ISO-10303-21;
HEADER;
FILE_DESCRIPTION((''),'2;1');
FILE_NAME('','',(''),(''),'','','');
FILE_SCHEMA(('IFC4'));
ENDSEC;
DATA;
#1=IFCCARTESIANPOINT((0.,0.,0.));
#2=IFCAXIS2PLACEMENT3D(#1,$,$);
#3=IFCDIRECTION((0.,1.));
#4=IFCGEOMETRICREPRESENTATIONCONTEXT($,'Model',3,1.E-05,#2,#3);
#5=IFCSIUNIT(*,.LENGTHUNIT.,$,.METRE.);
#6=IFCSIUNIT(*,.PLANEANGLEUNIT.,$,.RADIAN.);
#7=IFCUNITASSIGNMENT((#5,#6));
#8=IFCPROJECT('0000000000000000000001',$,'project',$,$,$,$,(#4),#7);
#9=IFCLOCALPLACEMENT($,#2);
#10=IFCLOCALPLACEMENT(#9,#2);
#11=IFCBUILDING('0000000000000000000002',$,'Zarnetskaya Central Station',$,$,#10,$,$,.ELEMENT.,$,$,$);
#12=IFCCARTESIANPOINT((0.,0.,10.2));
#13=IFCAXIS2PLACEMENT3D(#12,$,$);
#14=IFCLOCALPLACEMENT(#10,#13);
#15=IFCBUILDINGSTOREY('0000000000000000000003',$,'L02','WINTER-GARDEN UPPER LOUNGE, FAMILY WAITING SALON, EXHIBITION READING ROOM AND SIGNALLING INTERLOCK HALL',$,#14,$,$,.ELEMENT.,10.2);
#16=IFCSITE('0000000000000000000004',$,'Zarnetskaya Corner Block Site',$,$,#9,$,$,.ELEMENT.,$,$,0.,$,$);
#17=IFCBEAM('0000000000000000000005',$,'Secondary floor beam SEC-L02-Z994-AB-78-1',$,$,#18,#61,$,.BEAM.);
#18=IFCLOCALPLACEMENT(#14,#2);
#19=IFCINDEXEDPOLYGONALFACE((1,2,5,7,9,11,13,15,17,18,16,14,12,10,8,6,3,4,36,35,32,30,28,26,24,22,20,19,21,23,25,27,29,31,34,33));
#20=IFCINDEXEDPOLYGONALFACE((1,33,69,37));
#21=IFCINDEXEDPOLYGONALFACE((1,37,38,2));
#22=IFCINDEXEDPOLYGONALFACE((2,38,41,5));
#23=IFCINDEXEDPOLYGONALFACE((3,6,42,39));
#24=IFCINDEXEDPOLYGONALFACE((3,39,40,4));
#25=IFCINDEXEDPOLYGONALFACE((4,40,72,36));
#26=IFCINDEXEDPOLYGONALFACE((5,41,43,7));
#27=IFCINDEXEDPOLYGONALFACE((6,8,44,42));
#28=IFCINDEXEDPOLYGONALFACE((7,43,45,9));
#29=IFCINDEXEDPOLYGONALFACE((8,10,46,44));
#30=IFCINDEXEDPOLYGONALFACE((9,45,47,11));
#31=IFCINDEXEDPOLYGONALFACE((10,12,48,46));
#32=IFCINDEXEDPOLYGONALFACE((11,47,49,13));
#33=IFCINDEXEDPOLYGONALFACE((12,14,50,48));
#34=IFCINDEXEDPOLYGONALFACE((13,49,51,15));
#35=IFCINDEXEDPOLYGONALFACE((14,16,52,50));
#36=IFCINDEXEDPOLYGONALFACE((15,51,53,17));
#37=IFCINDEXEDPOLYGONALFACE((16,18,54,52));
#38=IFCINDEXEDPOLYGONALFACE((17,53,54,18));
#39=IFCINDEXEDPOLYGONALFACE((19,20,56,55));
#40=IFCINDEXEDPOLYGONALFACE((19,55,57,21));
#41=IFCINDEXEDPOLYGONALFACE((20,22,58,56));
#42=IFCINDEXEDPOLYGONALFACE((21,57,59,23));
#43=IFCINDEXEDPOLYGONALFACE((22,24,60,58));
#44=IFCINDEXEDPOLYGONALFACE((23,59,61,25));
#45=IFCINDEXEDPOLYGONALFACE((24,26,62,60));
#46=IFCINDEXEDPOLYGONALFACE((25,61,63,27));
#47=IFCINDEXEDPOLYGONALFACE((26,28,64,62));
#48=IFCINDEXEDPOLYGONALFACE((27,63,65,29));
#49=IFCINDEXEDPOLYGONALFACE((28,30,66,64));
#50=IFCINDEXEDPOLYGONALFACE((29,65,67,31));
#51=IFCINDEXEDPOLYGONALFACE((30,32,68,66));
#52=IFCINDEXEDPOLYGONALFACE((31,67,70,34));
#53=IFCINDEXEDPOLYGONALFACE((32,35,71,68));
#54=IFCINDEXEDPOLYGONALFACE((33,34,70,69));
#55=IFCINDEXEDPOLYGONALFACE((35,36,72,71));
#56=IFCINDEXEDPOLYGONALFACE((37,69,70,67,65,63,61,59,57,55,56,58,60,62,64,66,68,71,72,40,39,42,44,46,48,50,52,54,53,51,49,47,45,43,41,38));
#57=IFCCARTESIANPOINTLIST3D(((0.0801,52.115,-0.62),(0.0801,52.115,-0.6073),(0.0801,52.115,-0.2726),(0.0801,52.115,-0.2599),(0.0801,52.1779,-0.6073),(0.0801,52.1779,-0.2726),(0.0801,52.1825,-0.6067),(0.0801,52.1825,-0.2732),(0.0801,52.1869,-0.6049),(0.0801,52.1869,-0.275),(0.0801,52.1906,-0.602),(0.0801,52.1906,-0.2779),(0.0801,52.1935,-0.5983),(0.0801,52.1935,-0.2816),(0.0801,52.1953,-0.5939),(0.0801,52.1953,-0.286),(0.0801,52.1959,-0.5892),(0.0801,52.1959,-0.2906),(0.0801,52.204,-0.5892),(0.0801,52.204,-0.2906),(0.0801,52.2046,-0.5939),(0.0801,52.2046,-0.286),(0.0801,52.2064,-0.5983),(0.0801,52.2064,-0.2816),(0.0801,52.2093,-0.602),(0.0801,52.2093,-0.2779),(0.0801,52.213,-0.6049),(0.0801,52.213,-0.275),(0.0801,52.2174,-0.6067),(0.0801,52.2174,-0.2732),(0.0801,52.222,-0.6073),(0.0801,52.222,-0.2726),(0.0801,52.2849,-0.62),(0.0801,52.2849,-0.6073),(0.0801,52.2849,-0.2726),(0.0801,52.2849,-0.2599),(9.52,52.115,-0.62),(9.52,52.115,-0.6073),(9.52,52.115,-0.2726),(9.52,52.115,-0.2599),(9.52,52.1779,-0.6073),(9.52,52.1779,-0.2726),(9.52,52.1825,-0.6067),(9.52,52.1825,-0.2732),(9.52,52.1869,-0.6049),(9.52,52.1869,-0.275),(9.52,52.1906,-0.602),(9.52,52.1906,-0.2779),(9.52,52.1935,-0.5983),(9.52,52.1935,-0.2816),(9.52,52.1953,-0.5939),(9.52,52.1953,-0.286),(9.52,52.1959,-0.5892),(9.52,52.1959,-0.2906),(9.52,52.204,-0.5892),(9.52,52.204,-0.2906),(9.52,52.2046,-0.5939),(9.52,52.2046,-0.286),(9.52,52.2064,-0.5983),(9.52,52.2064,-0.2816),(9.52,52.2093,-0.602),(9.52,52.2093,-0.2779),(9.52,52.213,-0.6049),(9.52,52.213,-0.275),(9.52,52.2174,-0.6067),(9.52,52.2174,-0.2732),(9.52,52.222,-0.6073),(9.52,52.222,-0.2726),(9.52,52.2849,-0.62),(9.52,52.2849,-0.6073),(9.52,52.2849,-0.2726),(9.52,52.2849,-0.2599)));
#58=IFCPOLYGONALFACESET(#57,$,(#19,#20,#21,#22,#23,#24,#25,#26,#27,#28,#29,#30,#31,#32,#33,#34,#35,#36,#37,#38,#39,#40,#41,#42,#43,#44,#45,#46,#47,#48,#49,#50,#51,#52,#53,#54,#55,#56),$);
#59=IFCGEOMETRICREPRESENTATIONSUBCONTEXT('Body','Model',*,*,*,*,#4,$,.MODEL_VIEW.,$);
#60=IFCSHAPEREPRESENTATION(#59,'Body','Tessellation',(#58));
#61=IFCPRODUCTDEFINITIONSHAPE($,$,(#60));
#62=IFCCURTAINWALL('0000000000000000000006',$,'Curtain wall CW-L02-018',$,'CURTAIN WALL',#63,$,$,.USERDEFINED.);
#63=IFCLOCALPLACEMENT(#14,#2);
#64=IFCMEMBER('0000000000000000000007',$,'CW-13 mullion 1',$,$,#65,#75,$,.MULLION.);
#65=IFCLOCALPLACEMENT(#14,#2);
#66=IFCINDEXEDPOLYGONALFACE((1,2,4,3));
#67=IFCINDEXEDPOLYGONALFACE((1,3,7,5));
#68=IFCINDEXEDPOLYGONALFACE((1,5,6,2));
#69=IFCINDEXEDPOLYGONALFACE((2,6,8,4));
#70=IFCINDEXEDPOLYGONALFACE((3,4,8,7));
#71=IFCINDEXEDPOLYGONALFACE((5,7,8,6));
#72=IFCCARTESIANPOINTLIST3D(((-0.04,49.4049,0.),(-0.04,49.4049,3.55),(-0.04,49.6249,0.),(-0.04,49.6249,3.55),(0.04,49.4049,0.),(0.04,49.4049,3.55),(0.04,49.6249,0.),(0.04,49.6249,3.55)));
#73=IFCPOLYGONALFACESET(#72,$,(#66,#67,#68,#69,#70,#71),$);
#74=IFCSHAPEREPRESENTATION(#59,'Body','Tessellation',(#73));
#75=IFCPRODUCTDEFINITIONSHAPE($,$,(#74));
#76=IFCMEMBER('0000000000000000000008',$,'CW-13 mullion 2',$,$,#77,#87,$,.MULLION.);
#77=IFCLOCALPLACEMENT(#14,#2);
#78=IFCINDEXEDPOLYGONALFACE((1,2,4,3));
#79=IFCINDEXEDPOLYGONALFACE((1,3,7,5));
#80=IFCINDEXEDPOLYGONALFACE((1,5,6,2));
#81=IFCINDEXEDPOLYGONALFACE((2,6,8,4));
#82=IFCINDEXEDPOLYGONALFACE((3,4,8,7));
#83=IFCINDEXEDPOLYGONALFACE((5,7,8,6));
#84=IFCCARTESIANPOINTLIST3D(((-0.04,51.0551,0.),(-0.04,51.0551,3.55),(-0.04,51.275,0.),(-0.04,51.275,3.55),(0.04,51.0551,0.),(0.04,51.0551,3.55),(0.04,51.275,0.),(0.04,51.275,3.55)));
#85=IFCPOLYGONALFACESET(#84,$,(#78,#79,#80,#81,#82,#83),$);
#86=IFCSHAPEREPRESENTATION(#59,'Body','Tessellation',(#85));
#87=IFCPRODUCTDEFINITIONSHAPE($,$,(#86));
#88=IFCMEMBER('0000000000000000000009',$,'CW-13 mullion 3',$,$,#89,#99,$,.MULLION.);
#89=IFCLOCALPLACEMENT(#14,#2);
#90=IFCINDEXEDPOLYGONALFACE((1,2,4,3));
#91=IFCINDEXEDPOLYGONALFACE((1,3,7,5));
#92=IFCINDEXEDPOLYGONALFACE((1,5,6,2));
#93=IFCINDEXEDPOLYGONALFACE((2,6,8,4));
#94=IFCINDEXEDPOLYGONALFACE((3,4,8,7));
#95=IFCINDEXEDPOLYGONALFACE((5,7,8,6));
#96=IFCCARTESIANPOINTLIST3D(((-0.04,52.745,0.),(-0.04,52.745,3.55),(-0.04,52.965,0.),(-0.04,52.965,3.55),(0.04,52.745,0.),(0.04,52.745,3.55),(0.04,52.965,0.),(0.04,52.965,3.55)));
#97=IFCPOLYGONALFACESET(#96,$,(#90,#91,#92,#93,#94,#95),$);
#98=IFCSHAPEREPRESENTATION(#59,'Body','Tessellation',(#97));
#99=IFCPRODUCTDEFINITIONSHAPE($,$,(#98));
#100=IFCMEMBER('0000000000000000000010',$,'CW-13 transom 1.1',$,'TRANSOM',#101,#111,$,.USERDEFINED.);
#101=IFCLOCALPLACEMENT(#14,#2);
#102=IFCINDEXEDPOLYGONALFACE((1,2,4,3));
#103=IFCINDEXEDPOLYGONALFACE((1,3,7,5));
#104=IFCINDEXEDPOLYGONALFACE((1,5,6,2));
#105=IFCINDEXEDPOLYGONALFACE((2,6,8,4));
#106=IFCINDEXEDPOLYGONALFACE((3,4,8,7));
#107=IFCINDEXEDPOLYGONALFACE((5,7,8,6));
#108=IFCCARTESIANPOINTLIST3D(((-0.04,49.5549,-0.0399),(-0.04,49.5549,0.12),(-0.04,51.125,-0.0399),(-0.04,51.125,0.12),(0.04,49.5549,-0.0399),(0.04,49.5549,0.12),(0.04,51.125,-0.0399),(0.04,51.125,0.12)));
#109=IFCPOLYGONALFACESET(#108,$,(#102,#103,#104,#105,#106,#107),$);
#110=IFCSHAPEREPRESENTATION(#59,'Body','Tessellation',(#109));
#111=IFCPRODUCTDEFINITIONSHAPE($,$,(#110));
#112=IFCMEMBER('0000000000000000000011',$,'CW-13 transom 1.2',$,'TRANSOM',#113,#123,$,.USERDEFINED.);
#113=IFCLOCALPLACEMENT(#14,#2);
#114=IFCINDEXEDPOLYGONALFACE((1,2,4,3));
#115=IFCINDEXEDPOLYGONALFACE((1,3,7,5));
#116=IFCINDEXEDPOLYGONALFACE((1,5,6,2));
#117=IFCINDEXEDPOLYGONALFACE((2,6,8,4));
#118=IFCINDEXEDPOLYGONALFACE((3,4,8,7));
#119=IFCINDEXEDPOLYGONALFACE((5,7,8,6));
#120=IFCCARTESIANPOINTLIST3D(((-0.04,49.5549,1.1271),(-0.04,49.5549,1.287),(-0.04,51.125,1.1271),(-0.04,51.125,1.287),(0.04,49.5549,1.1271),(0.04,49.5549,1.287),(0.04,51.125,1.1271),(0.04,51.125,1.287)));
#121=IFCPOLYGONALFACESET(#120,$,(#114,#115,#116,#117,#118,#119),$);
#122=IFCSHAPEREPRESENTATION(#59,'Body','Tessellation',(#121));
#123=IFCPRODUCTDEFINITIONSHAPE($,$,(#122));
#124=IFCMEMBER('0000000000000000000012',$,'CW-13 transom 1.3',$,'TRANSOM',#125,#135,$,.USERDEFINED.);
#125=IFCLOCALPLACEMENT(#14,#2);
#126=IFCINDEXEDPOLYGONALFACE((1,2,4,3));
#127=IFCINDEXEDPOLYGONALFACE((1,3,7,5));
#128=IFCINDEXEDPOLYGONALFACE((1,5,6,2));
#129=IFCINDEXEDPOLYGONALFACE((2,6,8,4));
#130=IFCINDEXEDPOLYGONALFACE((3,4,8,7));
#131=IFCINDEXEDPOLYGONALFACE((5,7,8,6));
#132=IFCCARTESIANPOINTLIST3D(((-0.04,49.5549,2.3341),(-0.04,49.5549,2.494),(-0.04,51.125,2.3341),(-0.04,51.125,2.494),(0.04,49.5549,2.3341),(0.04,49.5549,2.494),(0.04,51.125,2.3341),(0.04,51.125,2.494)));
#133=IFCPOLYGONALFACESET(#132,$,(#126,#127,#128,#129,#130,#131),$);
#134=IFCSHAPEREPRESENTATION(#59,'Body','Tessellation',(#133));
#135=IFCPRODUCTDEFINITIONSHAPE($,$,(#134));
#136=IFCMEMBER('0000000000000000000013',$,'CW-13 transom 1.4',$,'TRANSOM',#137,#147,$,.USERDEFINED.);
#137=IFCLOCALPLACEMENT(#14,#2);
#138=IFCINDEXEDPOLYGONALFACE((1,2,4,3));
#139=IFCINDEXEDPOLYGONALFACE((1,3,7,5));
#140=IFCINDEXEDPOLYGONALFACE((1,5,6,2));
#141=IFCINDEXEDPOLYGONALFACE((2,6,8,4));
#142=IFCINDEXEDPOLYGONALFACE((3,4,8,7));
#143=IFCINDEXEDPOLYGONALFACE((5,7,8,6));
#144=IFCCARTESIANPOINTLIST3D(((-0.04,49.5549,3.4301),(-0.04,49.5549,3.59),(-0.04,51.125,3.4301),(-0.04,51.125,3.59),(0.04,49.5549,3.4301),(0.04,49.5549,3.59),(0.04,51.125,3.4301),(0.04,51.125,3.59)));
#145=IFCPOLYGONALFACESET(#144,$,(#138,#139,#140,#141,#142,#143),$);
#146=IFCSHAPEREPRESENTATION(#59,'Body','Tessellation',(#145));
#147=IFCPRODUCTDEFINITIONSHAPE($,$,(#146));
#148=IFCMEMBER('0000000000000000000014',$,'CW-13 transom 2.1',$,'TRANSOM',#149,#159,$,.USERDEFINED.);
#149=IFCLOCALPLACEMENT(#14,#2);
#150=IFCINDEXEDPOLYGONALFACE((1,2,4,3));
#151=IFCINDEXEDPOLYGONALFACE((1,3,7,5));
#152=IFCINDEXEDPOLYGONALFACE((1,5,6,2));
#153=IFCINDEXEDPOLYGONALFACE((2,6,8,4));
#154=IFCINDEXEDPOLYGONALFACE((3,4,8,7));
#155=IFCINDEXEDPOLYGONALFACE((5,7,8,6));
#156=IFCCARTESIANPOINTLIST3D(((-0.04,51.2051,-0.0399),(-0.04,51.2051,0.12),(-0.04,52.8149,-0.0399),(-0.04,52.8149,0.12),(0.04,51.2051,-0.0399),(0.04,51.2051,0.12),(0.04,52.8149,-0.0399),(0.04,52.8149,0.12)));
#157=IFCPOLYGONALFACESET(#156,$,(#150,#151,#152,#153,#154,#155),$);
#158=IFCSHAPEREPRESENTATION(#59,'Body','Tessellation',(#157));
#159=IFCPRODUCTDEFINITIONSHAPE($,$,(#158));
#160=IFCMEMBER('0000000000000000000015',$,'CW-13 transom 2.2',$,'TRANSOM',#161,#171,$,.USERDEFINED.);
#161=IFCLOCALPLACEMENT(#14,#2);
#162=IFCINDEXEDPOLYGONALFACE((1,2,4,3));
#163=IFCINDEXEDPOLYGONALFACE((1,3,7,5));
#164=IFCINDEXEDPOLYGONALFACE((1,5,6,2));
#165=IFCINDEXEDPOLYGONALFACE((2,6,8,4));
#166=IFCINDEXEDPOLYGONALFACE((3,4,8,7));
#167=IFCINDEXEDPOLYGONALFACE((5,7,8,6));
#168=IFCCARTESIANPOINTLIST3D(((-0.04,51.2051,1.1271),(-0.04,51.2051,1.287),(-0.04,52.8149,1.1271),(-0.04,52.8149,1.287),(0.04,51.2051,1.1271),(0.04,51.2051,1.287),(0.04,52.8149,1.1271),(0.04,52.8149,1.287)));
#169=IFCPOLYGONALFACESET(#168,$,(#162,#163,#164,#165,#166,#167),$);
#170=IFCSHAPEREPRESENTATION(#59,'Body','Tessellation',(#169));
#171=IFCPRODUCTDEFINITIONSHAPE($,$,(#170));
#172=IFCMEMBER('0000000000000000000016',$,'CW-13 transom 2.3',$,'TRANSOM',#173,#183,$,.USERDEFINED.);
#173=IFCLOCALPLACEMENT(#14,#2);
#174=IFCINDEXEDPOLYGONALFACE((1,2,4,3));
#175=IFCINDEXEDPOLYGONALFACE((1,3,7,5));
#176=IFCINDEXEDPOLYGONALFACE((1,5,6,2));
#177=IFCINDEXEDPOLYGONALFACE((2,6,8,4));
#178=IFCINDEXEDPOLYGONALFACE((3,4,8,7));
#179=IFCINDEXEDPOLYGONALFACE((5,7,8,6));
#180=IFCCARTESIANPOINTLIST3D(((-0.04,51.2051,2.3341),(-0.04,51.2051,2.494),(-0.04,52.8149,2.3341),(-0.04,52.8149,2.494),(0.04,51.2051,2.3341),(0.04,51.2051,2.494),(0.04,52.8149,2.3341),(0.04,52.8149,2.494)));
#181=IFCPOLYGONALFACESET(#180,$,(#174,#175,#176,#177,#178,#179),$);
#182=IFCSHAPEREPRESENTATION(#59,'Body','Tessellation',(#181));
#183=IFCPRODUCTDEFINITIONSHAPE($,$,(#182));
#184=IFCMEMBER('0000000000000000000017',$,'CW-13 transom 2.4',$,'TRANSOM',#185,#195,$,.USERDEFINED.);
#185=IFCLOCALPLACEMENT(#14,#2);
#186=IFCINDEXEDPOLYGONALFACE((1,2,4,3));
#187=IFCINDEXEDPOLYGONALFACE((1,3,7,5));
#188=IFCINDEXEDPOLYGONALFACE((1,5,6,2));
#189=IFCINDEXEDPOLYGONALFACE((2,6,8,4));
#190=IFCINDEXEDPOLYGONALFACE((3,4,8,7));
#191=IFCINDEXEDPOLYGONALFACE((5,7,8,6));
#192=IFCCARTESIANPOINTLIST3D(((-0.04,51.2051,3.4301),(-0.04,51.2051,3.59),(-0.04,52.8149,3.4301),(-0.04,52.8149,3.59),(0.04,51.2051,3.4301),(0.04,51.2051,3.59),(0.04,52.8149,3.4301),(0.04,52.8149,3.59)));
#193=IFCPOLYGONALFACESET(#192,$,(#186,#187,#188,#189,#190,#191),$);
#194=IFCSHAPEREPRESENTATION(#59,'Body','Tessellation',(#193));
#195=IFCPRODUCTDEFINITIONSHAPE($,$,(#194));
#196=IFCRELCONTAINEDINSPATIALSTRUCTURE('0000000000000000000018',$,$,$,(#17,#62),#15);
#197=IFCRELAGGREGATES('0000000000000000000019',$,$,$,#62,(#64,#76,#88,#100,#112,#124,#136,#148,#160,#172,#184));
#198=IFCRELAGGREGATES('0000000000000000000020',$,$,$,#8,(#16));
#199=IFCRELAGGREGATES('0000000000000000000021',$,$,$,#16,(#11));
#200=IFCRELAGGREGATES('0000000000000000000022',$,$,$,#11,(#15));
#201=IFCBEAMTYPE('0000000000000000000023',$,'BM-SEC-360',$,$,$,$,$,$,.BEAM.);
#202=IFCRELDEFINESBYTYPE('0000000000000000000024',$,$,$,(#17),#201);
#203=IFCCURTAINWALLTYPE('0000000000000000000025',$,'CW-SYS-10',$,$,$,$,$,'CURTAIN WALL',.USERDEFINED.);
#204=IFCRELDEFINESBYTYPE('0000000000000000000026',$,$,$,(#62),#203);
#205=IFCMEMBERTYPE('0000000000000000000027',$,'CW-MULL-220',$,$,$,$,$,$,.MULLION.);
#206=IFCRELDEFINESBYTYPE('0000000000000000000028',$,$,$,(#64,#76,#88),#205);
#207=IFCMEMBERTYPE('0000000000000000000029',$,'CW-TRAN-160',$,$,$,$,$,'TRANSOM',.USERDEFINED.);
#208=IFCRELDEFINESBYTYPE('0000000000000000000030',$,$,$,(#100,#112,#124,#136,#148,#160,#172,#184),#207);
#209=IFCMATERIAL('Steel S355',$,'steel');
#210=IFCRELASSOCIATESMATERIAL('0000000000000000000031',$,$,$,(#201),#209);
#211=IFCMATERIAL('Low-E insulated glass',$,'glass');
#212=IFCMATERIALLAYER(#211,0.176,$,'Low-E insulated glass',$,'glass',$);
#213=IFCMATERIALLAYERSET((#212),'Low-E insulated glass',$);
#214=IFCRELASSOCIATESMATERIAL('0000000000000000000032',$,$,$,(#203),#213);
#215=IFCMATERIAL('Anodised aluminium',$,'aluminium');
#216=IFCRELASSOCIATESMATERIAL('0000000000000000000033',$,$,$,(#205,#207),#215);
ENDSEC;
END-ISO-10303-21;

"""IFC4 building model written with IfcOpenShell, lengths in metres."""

from ifc_helpers import new_model, si_unit, direction, frame, origin, origin_2d, place, context, subcontext, project, spatial, rectangle, i_section, extrude, material, layer, layer_set, material_profile, profile_set, type_object, element, aggregate, save


model = new_model("IFC4")

# Units and contexts
model_context = context("Model", 3, precision=1e-05, world=origin(), true_north=direction((0.0, 1.0)))
body_context = subcontext(model_context, "Body", "Model", "MODEL_VIEW")
ifc_project = project(units=[si_unit("LENGTHUNIT", "METRE"), si_unit("PLANEANGLEUNIT", "RADIAN")], contexts=[model_context])

# Site, building, storey
site_placement = place(None, origin())
site = spatial("IfcSite", under=ifc_project, at=site_placement, Name="Zarnetskaya Corner Block Site", CompositionType="ELEMENT", RefElevation=0.0)
building_placement = place(site_placement, origin())
building = spatial("IfcBuilding", under=site, at=building_placement, Name="Zarnetskaya Central Station", CompositionType="ELEMENT")
storey_placement = place(building_placement, frame((0.0, 0.0, 10.2)))
storey = spatial("IfcBuildingStorey", under=building, at=storey_placement, Name="L02", Description="WINTER-GARDEN UPPER LOUNGE, FAMILY WAITING SALON, EXHIBITION READING ROOM AND SIGNALLING INTERLOCK HALL", CompositionType="ELEMENT", Elevation=10.2)

# Beam
ifc_material_1 = material(Name="Steel S355", Category="steel")
ifc_material_profile_1 = material_profile(ifc_material_1, i_section(OverallWidth=0.1699, OverallDepth=0.3601, WebThickness=0.0081, FlangeThickness=0.0127, FilletRadius=0.0181, at=origin_2d()), Name="IPE 360")
ifc_profile_set_1 = profile_set([ifc_material_profile_1], Name="Steel S355")
beam_type = type_object("IfcBeamType", Name="BM-SEC-360", PredefinedType="BEAM", material=ifc_profile_set_1)
beam_placement = place(storey_placement, frame((0.0801, 52.2, -0.4399), z_axis=(1.0, 0.0, 0.0), x_axis=(0.0, 1.0, 0.0)))
element("IfcBeam", 1, at=beam_placement, inside=storey, type_object=beam_type, Name="Secondary floor beam SEC-L02-Z994-AB-78-1", PredefinedType="BEAM", context=body_context, shape_type="SweptSolid", body=[
    extrude(i_section(OverallWidth=0.1699, OverallDepth=0.3601, WebThickness=0.0081, FlangeThickness=0.0127, FilletRadius=0.0181, at=origin_2d()), origin(), (0.0, 0.0, 1.0), 9.4399),
])

# Curtain wall, members
ifc_material_2 = material(Name="Low-E insulated glass", Category="glass")
ifc_layer_1 = layer(ifc_material_2, 0.176, Name="Low-E insulated glass", Category="glass")
ifc_layer_set_1 = layer_set([ifc_layer_1], Name="Low-E insulated glass")
curtain_wall_type = type_object("IfcCurtainWallType", Name="CW-SYS-10", ElementType="CURTAIN WALL", PredefinedType="USERDEFINED", material=ifc_layer_set_1)
curtain_wall_placement = place(storey_placement, origin())
curtain_wall = element("IfcCurtainWall", 2, at=curtain_wall_placement, inside=storey, type_object=curtain_wall_type, Name="Curtain wall CW-L02-018", ObjectType="CURTAIN WALL", PredefinedType="USERDEFINED")
ifc_material_3 = material(Name="Anodised aluminium", Category="aluminium")
ifc_material_profile_2 = material_profile(ifc_material_3, rectangle(XDim=0.0801, YDim=0.22, at=origin_2d()), Name="ALU MULL 80x220")
ifc_profile_set_2 = profile_set([ifc_material_profile_2], Name="Anodised aluminium")
member_type_1 = type_object("IfcMemberType", Name="CW-MULL-220", PredefinedType="MULLION", material=ifc_profile_set_2)
member_1_placement = place(storey_placement, frame((0.0, 49.5149, 0.0), z_axis=(0.0, 0.0, 1.0), x_axis=(-1.0, 0.0, 0.0)))
member_1 = element("IfcMember", 3, at=member_1_placement, type_object=member_type_1, Name="CW-13 mullion 1", PredefinedType="MULLION", context=body_context, shape_type="SweptSolid", body=[
    extrude(rectangle(XDim=0.0801, YDim=0.22, at=origin_2d()), origin(), (0.0, 0.0, 1.0), 3.55),
])
member_2_placement = place(storey_placement, frame((0.0, 51.165, 0.0), z_axis=(0.0, 0.0, 1.0), x_axis=(-1.0, 0.0, 0.0)))
member_2 = element("IfcMember", 4, at=member_2_placement, type_object=member_type_1, Name="CW-13 mullion 2", PredefinedType="MULLION", context=body_context, shape_type="SweptSolid", body=[
    extrude(rectangle(XDim=0.0801, YDim=0.22, at=origin_2d()), origin(), (0.0, 0.0, 1.0), 3.55),
])
member_3_placement = place(storey_placement, frame((0.0, 52.855, 0.0), z_axis=(0.0, 0.0, 1.0), x_axis=(-1.0, 0.0, 0.0)))
member_3 = element("IfcMember", 5, at=member_3_placement, type_object=member_type_1, Name="CW-13 mullion 3", PredefinedType="MULLION", context=body_context, shape_type="SweptSolid", body=[
    extrude(rectangle(XDim=0.0801, YDim=0.22, at=origin_2d()), origin(), (0.0, 0.0, 1.0), 3.55),
])
ifc_material_profile_3 = material_profile(ifc_material_3, rectangle(XDim=0.0801, YDim=0.1599, at=origin_2d()), Name="ALU TRAN 80x160")
ifc_profile_set_3 = profile_set([ifc_material_profile_3], Name="Anodised aluminium")
member_type_2 = type_object("IfcMemberType", Name="CW-TRAN-160", ElementType="TRANSOM", PredefinedType="USERDEFINED", material=ifc_profile_set_3)
member_4_placement = place(storey_placement, frame((0.0, 49.5549, 0.04), z_axis=(0.0, 1.0, 0.0), x_axis=(-1.0, 0.0, 0.0)))
member_4 = element("IfcMember", 6, at=member_4_placement, type_object=member_type_2, Name="CW-13 transom 1.1", ObjectType="TRANSOM", PredefinedType="USERDEFINED", context=body_context, shape_type="SweptSolid", body=[
    extrude(rectangle(XDim=0.0801, YDim=0.1599, at=origin_2d()), origin(), (0.0, 0.0, 1.0), 1.5701),
])
member_5_placement = place(storey_placement, frame((0.0, 49.5549, 1.207), z_axis=(0.0, 1.0, 0.0), x_axis=(-1.0, 0.0, 0.0)))
member_5 = element("IfcMember", 7, at=member_5_placement, type_object=member_type_2, Name="CW-13 transom 1.2", ObjectType="TRANSOM", PredefinedType="USERDEFINED", context=body_context, shape_type="SweptSolid", body=[
    extrude(rectangle(XDim=0.0801, YDim=0.1599, at=origin_2d()), origin(), (0.0, 0.0, 1.0), 1.5701),
])
member_6_placement = place(storey_placement, frame((0.0, 49.5549, 2.4141), z_axis=(0.0, 1.0, 0.0), x_axis=(-1.0, 0.0, 0.0)))
member_6 = element("IfcMember", 8, at=member_6_placement, type_object=member_type_2, Name="CW-13 transom 1.3", ObjectType="TRANSOM", PredefinedType="USERDEFINED", context=body_context, shape_type="SweptSolid", body=[
    extrude(rectangle(XDim=0.0801, YDim=0.1599, at=origin_2d()), origin(), (0.0, 0.0, 1.0), 1.5701),
])
member_7_placement = place(storey_placement, frame((0.0, 49.5549, 3.51), z_axis=(0.0, 1.0, 0.0), x_axis=(-1.0, 0.0, 0.0)))
member_7 = element("IfcMember", 9, at=member_7_placement, type_object=member_type_2, Name="CW-13 transom 1.4", ObjectType="TRANSOM", PredefinedType="USERDEFINED", context=body_context, shape_type="SweptSolid", body=[
    extrude(rectangle(XDim=0.0801, YDim=0.1599, at=origin_2d()), origin(), (0.0, 0.0, 1.0), 1.5701),
])
member_8_placement = place(storey_placement, frame((0.0, 51.2051, 0.04), z_axis=(0.0, 1.0, 0.0), x_axis=(-1.0, 0.0, 0.0)))
member_8 = element("IfcMember", 10, at=member_8_placement, type_object=member_type_2, Name="CW-13 transom 2.1", ObjectType="TRANSOM", PredefinedType="USERDEFINED", context=body_context, shape_type="SweptSolid", body=[
    extrude(rectangle(XDim=0.0801, YDim=0.1599, at=origin_2d()), origin(), (0.0, 0.0, 1.0), 1.6099),
])
member_9_placement = place(storey_placement, frame((0.0, 51.2051, 1.207), z_axis=(0.0, 1.0, 0.0), x_axis=(-1.0, 0.0, 0.0)))
member_9 = element("IfcMember", 11, at=member_9_placement, type_object=member_type_2, Name="CW-13 transom 2.2", ObjectType="TRANSOM", PredefinedType="USERDEFINED", context=body_context, shape_type="SweptSolid", body=[
    extrude(rectangle(XDim=0.0801, YDim=0.1599, at=origin_2d()), origin(), (0.0, 0.0, 1.0), 1.6099),
])
member_10_placement = place(storey_placement, frame((0.0, 51.2051, 2.4141), z_axis=(0.0, 1.0, 0.0), x_axis=(-1.0, 0.0, 0.0)))
member_10 = element("IfcMember", 12, at=member_10_placement, type_object=member_type_2, Name="CW-13 transom 2.3", ObjectType="TRANSOM", PredefinedType="USERDEFINED", context=body_context, shape_type="SweptSolid", body=[
    extrude(rectangle(XDim=0.0801, YDim=0.1599, at=origin_2d()), origin(), (0.0, 0.0, 1.0), 1.6099),
])
member_11_placement = place(storey_placement, frame((0.0, 51.2051, 3.51), z_axis=(0.0, 1.0, 0.0), x_axis=(-1.0, 0.0, 0.0)))
member_11 = element("IfcMember", 13, at=member_11_placement, type_object=member_type_2, Name="CW-13 transom 2.4", ObjectType="TRANSOM", PredefinedType="USERDEFINED", context=body_context, shape_type="SweptSolid", body=[
    extrude(rectangle(XDim=0.0801, YDim=0.1599, at=origin_2d()), origin(), (0.0, 0.0, 1.0), 1.6099),
])
aggregate(curtain_wall, [member_1, member_2, member_3, member_4, member_5, member_6, member_7, member_8, member_9, member_10, member_11])

save(model, "model.ifc")
